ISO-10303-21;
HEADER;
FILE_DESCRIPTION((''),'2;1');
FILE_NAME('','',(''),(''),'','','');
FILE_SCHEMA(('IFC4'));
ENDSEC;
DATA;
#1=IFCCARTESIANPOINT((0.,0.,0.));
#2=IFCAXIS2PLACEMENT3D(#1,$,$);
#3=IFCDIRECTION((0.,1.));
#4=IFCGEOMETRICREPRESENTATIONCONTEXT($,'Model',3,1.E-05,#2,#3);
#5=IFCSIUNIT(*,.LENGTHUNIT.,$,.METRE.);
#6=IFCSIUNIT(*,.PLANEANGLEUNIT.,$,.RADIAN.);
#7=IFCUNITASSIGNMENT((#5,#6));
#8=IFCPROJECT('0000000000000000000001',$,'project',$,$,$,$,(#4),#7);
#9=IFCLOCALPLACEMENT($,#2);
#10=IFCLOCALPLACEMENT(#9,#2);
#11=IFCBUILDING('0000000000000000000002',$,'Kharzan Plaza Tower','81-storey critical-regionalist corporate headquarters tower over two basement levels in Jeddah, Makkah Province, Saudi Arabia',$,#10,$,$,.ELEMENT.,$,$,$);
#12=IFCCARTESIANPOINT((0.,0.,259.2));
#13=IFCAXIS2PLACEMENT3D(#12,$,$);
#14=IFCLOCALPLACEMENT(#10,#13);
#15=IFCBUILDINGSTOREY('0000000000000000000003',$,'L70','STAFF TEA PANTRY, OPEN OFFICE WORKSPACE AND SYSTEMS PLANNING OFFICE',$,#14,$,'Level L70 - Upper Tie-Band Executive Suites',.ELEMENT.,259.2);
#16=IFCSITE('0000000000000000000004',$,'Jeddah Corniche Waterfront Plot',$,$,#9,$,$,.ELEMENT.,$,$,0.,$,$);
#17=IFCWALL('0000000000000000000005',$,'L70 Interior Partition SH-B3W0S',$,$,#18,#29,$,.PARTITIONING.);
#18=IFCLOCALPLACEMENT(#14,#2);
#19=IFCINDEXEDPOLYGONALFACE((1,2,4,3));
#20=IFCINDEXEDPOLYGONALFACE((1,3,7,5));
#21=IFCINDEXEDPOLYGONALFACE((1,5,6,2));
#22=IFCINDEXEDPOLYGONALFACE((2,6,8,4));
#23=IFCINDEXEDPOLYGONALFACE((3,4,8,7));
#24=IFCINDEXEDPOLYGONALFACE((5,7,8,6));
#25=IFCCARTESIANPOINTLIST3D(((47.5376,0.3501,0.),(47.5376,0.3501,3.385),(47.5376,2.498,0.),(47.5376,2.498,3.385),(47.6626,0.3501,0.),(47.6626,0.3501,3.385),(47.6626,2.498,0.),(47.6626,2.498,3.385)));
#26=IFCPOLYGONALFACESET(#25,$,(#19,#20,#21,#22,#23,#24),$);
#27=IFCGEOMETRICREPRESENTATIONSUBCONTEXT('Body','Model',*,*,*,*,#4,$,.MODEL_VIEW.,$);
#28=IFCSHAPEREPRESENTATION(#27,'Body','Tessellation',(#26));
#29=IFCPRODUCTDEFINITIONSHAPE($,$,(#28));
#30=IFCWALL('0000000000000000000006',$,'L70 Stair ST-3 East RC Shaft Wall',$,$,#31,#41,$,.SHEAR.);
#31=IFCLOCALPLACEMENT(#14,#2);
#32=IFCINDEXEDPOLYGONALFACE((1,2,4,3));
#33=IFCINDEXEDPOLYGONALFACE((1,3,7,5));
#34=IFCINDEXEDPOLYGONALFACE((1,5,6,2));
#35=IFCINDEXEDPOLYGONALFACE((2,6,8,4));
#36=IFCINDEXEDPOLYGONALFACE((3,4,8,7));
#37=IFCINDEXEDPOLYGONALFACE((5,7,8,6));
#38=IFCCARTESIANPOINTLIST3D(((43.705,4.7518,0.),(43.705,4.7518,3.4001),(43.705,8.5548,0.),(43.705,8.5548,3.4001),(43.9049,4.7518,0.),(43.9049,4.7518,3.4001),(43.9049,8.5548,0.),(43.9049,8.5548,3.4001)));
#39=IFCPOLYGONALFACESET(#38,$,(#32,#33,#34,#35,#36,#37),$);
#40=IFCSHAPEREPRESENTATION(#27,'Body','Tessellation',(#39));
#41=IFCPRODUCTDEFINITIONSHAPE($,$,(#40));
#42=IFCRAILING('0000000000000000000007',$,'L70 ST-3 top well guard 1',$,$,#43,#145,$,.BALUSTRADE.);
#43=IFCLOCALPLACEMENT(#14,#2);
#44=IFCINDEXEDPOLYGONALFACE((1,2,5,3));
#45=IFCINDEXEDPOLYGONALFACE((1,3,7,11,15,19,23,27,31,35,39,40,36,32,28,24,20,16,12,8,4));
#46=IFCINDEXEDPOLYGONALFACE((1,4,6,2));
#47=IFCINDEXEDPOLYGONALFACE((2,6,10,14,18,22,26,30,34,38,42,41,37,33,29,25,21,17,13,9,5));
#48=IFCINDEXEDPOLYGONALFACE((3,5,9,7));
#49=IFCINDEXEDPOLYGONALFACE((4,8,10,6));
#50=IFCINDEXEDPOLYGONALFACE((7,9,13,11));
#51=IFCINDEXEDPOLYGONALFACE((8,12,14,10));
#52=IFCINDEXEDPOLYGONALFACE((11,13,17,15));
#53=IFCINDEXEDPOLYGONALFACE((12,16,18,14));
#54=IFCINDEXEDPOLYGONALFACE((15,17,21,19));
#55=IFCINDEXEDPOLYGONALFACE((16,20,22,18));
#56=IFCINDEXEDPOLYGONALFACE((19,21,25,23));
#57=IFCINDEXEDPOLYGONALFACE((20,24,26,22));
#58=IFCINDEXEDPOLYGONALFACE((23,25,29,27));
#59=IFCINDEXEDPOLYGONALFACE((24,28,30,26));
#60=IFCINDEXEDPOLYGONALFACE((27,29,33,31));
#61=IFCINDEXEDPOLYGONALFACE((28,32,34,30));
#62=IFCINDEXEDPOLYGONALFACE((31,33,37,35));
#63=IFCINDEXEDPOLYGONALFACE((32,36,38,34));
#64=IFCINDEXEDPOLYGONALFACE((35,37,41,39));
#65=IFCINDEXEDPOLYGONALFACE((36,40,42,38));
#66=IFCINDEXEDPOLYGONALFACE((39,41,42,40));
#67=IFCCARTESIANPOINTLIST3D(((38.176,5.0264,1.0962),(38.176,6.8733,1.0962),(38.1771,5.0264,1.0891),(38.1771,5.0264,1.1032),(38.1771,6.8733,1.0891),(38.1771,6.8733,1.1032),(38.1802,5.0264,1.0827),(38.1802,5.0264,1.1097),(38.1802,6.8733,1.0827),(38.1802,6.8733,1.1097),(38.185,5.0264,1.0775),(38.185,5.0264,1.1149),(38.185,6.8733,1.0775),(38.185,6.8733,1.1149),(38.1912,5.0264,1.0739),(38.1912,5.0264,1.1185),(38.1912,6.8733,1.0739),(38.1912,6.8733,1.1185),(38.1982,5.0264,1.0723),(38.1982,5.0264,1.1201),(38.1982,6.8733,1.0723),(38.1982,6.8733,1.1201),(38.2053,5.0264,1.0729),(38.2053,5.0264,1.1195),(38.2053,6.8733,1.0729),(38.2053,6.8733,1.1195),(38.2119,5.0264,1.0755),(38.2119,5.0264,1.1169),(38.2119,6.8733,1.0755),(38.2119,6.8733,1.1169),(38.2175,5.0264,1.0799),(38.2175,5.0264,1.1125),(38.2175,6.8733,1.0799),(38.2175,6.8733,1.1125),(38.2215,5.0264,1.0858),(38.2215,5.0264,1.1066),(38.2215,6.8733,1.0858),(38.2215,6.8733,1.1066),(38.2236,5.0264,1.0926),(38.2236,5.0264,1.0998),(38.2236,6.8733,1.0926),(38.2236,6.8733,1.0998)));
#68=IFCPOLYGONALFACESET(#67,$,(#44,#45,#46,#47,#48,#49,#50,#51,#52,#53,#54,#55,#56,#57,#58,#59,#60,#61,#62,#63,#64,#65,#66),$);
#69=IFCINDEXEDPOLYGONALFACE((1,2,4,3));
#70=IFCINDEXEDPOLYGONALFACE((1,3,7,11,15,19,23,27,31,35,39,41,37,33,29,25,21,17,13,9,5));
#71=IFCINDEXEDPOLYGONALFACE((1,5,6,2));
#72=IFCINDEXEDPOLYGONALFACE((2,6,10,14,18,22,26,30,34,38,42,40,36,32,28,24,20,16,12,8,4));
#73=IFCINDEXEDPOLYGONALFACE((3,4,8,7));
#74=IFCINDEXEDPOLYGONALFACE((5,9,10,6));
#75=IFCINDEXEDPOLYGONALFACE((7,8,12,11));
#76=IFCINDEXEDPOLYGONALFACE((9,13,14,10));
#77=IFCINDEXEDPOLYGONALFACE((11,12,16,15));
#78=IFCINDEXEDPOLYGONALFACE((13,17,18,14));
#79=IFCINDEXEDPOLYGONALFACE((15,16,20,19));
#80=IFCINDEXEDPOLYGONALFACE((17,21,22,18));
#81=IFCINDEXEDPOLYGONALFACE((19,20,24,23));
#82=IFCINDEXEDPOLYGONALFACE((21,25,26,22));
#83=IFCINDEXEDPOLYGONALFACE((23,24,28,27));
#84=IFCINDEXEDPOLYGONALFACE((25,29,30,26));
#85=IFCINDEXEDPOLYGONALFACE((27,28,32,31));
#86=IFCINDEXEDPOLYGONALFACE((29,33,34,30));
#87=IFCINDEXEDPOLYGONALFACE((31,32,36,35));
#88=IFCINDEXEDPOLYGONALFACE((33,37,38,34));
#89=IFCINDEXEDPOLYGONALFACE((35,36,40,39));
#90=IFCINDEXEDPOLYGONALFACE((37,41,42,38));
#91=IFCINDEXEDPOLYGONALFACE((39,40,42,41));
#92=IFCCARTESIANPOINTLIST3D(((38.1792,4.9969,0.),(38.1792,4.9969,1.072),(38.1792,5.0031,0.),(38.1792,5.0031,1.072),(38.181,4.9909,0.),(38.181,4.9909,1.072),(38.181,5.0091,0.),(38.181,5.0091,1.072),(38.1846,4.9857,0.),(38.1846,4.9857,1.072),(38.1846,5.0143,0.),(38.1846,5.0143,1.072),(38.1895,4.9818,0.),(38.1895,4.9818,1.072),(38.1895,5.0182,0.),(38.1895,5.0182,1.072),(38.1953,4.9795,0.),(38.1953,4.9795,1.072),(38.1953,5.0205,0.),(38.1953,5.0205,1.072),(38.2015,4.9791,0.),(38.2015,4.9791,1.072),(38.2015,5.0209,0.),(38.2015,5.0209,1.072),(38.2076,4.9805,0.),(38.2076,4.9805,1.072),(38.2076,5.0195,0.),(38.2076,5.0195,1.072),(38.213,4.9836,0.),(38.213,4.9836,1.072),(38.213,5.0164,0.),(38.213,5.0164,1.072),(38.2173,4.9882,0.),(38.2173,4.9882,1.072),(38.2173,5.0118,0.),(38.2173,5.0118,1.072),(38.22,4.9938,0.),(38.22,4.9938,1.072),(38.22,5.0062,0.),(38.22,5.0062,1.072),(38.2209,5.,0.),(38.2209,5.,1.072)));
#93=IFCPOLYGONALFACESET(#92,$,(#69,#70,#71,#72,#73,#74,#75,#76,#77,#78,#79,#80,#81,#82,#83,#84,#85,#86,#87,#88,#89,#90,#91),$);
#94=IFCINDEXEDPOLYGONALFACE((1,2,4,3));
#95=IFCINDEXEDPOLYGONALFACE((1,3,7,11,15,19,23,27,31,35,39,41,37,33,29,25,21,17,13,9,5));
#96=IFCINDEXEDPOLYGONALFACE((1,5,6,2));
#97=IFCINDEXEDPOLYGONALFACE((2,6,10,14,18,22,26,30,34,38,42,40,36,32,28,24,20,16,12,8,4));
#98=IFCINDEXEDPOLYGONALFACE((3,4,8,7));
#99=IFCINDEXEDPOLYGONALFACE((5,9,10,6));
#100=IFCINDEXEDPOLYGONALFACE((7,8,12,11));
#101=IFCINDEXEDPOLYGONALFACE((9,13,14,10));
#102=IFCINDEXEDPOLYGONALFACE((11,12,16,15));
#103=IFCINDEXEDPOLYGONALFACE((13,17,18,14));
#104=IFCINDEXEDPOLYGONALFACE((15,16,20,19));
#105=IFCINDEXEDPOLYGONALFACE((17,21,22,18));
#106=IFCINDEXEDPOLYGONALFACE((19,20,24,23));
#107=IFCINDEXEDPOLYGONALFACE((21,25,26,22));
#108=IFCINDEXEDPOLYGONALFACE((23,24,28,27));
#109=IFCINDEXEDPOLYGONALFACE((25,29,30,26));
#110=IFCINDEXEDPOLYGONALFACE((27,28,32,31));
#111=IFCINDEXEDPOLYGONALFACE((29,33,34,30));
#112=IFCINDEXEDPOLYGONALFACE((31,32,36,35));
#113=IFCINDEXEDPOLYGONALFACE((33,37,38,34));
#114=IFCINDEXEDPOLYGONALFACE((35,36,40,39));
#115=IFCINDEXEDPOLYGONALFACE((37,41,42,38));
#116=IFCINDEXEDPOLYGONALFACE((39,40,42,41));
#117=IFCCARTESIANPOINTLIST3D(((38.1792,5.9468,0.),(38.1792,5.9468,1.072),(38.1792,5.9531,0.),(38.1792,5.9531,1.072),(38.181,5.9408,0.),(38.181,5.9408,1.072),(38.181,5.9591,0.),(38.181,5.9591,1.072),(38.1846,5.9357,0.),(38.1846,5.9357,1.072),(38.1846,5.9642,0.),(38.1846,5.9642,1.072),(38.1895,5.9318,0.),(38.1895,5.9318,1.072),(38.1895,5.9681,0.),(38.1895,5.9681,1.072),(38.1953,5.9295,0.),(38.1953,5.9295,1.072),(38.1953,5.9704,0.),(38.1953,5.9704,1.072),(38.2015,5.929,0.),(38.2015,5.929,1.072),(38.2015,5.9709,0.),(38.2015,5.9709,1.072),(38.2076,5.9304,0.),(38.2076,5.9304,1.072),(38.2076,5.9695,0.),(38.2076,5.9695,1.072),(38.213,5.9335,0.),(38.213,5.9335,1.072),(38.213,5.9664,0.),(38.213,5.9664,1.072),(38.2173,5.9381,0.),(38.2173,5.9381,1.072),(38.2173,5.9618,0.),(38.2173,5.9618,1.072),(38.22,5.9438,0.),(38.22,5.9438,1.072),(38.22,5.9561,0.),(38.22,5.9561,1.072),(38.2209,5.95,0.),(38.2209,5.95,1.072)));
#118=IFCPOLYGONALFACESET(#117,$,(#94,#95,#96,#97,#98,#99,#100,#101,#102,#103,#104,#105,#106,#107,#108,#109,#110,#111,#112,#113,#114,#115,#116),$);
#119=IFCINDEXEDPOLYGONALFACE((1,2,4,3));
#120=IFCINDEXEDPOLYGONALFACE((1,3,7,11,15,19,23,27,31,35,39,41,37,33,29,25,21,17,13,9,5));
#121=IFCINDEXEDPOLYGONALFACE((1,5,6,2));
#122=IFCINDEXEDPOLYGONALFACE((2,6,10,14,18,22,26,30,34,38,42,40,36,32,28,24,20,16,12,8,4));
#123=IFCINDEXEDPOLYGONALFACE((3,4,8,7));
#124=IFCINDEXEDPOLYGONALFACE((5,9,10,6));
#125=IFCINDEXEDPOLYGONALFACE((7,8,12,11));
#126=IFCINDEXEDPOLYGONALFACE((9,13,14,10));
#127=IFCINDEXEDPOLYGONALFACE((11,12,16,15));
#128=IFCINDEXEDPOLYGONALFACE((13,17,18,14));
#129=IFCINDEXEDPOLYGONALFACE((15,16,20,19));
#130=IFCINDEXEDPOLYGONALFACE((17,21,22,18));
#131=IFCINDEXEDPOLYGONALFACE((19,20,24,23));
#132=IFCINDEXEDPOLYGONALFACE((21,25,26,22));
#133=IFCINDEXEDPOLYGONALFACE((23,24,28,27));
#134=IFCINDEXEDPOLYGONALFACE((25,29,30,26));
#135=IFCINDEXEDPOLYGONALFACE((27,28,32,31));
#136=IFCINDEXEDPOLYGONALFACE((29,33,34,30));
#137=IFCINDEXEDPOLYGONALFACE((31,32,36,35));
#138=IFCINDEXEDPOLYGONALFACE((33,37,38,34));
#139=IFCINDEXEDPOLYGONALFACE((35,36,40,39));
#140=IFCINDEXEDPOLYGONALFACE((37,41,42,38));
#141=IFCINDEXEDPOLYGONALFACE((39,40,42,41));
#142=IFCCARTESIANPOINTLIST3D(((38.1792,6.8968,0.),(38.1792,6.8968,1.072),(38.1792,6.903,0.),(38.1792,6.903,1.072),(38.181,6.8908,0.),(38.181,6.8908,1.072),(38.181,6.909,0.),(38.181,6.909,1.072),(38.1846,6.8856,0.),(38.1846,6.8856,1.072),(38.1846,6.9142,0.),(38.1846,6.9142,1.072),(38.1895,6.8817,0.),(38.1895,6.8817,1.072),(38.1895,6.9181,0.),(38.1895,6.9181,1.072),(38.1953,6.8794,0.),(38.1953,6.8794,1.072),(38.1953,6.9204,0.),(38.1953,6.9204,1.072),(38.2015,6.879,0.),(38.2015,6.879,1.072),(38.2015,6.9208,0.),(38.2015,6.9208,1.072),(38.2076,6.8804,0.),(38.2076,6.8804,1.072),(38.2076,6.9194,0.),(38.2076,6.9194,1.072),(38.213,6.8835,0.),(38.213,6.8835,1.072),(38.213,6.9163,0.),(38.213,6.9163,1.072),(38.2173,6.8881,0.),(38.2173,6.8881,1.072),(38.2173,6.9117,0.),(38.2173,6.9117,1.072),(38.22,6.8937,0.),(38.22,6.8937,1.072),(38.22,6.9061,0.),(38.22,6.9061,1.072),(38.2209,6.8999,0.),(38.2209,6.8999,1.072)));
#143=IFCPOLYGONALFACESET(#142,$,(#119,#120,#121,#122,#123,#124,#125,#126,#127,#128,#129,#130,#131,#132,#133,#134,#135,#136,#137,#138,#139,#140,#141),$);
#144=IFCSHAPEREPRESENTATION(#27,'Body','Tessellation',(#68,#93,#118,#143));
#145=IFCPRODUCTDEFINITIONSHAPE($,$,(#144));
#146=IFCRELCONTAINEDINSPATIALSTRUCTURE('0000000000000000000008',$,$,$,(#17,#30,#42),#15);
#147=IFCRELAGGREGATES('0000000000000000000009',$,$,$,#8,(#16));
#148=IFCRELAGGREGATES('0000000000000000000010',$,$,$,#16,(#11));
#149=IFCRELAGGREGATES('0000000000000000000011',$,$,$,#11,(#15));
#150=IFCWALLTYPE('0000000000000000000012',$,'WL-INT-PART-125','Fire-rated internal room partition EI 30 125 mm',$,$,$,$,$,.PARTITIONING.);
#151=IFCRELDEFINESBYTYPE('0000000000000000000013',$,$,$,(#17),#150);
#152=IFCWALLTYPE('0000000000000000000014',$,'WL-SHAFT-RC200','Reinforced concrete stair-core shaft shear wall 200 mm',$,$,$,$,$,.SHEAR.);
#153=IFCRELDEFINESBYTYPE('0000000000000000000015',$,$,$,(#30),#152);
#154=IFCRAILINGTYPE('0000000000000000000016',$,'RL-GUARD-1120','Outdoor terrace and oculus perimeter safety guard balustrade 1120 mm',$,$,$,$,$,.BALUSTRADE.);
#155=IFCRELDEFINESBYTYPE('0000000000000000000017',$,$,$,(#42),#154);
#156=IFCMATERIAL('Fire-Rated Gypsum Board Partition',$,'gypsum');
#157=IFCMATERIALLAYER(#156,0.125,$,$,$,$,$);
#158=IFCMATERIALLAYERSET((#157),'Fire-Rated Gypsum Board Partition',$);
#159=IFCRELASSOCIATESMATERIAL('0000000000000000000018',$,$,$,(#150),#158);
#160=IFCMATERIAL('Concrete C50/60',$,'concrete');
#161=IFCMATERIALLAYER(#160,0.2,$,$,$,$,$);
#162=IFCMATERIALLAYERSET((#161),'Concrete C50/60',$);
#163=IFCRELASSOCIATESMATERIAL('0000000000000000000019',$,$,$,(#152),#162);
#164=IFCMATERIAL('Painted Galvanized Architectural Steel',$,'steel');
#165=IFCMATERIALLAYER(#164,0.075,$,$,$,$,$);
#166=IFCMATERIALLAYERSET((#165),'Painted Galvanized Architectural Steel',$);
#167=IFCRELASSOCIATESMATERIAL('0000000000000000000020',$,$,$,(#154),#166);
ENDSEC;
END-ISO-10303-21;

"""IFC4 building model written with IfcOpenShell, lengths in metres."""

from ifc_helpers import new_model, si_unit, direction, frame, frame_2d, origin, origin_2d, place, context, subcontext, project, spatial, rectangle, circle, extrude, source, transform, mapped, material, layer, layer_set, type_object, element, save


model = new_model("IFC4")

# Units and contexts
model_context = context("Model", 3, precision=1e-05, world=origin(), true_north=direction((0.0, 1.0)))
body_context = subcontext(model_context, "Body", "Model", "MODEL_VIEW")
ifc_project = project(units=[si_unit("LENGTHUNIT", "METRE"), si_unit("PLANEANGLEUNIT", "RADIAN")], contexts=[model_context])

# Site, building, storey
site_placement = place(None, origin())
site = spatial("IfcSite", under=ifc_project, at=site_placement, Name="Jeddah Corniche Waterfront Plot", CompositionType="ELEMENT", RefElevation=0.0)
building_placement = place(site_placement, origin())
building = spatial("IfcBuilding", under=site, at=building_placement, Name="Kharzan Plaza Tower", Description="81-storey critical-regionalist corporate headquarters tower over two basement levels in Jeddah, Makkah Province, Saudi Arabia", CompositionType="ELEMENT")
storey_placement = place(building_placement, frame((0.0, 0.0, 259.2)))
storey = spatial("IfcBuildingStorey", under=building, at=storey_placement, Name="L70", Description="STAFF TEA PANTRY, OPEN OFFICE WORKSPACE AND SYSTEMS PLANNING OFFICE", LongName="Level L70 - Upper Tie-Band Executive Suites", CompositionType="ELEMENT", Elevation=259.2)

# Shared definitions
ifc_material_1 = material(Name="Concrete C50/60", Category="concrete")

# Shared definitions
ifc_material_2 = material(Name="Fire-Rated Gypsum Board Partition", Category="gypsum")
ifc_layer_1 = layer(ifc_material_2, 0.125)
ifc_layer_set_1 = layer_set([ifc_layer_1], Name="Fire-Rated Gypsum Board Partition")
wall_type_1 = type_object("IfcWallType", Name="WL-INT-PART-125", Description="Fire-rated internal room partition EI 30 125 mm", PredefinedType="PARTITIONING", material=ifc_layer_set_1)
ifc_layer_2 = layer(ifc_material_1, 0.2)
ifc_layer_set_2 = layer_set([ifc_layer_2], Name="Concrete C50/60")
wall_type_2 = type_object("IfcWallType", Name="WL-SHAFT-RC200", Description="Reinforced concrete stair-core shaft shear wall 200 mm", PredefinedType="SHEAR", material=ifc_layer_set_2)

# Walls
shared_shape_1 = source(origin(), body_context, "Body", "SweptSolid", [
    extrude(rectangle(XDim=2.1479, YDim=0.125, at=frame_2d((1.074, 0.0))), origin(), (0.0, 0.0, 1.0), 3.385),
])
wall_1_placement = place(storey_placement, frame((47.6001, 0.3501, 0.0), z_axis=(0.0, 0.0, 1.0), x_axis=(0.0, 1.0, 0.0)))
element("IfcWall", 1, at=wall_1_placement, inside=storey, type_object=wall_type_1, Name="L70 Interior Partition SH-B3W0S", PredefinedType="PARTITIONING", context=body_context, shape_type="MappedRepresentation", body=[
    mapped(shared_shape_1, transform((0.0, 0.0, 0.0), x_axis=(1.0, 0.0, 0.0), y_axis=(0.0, 1.0, 0.0), z_axis=(0.0, 0.0, 1.0))),
])
shared_shape_2 = source(origin(), body_context, "Body", "SweptSolid", [
    extrude(rectangle(XDim=3.803, YDim=0.2, at=frame_2d((1.9014, 0.0))), origin(), (0.0, 0.0, 1.0), 3.4001),
])
wall_2_placement = place(storey_placement, frame((43.8049, 4.752, 0.0), z_axis=(0.0, 0.0, 1.0), x_axis=(0.0, 1.0, 0.0)))
element("IfcWall", 2, at=wall_2_placement, inside=storey, type_object=wall_type_2, Name="L70 Stair ST-3 East RC Shaft Wall", PredefinedType="SHEAR", context=body_context, shape_type="MappedRepresentation", body=[
    mapped(shared_shape_2, transform((0.0, 0.0, 0.0), x_axis=(1.0, 0.0, 0.0), y_axis=(0.0, 1.0, 0.0), z_axis=(0.0, 0.0, 1.0))),
])

# Railing
ifc_material_3 = material(Name="Painted Galvanized Architectural Steel", Category="steel")
ifc_layer_3 = layer(ifc_material_3, 0.075)
ifc_layer_set_3 = layer_set([ifc_layer_3], Name="Painted Galvanized Architectural Steel")
railing_type = type_object("IfcRailingType", Name="RL-GUARD-1120", Description="Outdoor terrace and oculus perimeter safety guard balustrade 1120 mm", PredefinedType="BALUSTRADE", material=ifc_layer_set_3)
shared_shape_3 = source(origin(), body_context, "Body", "SweptSolid", [
    extrude(circle(Radius=0.0239, at=origin_2d()), frame((0.0, 0.0264, 1.0962), z_axis=(0.0, 1.0, 0.0), x_axis=(-1.0, 0.0, 0.0)), (0.0, 0.0, 1.0), 1.8469),
    extrude(circle(Radius=0.021, at=origin_2d()), origin(), (0.0, 0.0, 1.0), 1.072),
    extrude(circle(Radius=0.021, at=origin_2d()), frame((0.0, 0.95, 0.0)), (0.0, 0.0, 1.0), 1.072),
    extrude(circle(Radius=0.021, at=origin_2d()), frame((0.0, 1.8999, 0.0)), (0.0, 0.0, 1.0), 1.072),
])
railing_placement = place(storey_placement, frame((38.2, 5.0, 0.0)))
element("IfcRailing", 3, at=railing_placement, inside=storey, type_object=railing_type, Name="L70 ST-3 top well guard 1", PredefinedType="BALUSTRADE", context=body_context, shape_type="MappedRepresentation", body=[
    mapped(shared_shape_3, transform((0.0, 0.0, 0.0), x_axis=(1.0, 0.0, 0.0), y_axis=(0.0, 1.0, 0.0), z_axis=(0.0, 0.0, 1.0))),
])

save(model, "model.ifc")
